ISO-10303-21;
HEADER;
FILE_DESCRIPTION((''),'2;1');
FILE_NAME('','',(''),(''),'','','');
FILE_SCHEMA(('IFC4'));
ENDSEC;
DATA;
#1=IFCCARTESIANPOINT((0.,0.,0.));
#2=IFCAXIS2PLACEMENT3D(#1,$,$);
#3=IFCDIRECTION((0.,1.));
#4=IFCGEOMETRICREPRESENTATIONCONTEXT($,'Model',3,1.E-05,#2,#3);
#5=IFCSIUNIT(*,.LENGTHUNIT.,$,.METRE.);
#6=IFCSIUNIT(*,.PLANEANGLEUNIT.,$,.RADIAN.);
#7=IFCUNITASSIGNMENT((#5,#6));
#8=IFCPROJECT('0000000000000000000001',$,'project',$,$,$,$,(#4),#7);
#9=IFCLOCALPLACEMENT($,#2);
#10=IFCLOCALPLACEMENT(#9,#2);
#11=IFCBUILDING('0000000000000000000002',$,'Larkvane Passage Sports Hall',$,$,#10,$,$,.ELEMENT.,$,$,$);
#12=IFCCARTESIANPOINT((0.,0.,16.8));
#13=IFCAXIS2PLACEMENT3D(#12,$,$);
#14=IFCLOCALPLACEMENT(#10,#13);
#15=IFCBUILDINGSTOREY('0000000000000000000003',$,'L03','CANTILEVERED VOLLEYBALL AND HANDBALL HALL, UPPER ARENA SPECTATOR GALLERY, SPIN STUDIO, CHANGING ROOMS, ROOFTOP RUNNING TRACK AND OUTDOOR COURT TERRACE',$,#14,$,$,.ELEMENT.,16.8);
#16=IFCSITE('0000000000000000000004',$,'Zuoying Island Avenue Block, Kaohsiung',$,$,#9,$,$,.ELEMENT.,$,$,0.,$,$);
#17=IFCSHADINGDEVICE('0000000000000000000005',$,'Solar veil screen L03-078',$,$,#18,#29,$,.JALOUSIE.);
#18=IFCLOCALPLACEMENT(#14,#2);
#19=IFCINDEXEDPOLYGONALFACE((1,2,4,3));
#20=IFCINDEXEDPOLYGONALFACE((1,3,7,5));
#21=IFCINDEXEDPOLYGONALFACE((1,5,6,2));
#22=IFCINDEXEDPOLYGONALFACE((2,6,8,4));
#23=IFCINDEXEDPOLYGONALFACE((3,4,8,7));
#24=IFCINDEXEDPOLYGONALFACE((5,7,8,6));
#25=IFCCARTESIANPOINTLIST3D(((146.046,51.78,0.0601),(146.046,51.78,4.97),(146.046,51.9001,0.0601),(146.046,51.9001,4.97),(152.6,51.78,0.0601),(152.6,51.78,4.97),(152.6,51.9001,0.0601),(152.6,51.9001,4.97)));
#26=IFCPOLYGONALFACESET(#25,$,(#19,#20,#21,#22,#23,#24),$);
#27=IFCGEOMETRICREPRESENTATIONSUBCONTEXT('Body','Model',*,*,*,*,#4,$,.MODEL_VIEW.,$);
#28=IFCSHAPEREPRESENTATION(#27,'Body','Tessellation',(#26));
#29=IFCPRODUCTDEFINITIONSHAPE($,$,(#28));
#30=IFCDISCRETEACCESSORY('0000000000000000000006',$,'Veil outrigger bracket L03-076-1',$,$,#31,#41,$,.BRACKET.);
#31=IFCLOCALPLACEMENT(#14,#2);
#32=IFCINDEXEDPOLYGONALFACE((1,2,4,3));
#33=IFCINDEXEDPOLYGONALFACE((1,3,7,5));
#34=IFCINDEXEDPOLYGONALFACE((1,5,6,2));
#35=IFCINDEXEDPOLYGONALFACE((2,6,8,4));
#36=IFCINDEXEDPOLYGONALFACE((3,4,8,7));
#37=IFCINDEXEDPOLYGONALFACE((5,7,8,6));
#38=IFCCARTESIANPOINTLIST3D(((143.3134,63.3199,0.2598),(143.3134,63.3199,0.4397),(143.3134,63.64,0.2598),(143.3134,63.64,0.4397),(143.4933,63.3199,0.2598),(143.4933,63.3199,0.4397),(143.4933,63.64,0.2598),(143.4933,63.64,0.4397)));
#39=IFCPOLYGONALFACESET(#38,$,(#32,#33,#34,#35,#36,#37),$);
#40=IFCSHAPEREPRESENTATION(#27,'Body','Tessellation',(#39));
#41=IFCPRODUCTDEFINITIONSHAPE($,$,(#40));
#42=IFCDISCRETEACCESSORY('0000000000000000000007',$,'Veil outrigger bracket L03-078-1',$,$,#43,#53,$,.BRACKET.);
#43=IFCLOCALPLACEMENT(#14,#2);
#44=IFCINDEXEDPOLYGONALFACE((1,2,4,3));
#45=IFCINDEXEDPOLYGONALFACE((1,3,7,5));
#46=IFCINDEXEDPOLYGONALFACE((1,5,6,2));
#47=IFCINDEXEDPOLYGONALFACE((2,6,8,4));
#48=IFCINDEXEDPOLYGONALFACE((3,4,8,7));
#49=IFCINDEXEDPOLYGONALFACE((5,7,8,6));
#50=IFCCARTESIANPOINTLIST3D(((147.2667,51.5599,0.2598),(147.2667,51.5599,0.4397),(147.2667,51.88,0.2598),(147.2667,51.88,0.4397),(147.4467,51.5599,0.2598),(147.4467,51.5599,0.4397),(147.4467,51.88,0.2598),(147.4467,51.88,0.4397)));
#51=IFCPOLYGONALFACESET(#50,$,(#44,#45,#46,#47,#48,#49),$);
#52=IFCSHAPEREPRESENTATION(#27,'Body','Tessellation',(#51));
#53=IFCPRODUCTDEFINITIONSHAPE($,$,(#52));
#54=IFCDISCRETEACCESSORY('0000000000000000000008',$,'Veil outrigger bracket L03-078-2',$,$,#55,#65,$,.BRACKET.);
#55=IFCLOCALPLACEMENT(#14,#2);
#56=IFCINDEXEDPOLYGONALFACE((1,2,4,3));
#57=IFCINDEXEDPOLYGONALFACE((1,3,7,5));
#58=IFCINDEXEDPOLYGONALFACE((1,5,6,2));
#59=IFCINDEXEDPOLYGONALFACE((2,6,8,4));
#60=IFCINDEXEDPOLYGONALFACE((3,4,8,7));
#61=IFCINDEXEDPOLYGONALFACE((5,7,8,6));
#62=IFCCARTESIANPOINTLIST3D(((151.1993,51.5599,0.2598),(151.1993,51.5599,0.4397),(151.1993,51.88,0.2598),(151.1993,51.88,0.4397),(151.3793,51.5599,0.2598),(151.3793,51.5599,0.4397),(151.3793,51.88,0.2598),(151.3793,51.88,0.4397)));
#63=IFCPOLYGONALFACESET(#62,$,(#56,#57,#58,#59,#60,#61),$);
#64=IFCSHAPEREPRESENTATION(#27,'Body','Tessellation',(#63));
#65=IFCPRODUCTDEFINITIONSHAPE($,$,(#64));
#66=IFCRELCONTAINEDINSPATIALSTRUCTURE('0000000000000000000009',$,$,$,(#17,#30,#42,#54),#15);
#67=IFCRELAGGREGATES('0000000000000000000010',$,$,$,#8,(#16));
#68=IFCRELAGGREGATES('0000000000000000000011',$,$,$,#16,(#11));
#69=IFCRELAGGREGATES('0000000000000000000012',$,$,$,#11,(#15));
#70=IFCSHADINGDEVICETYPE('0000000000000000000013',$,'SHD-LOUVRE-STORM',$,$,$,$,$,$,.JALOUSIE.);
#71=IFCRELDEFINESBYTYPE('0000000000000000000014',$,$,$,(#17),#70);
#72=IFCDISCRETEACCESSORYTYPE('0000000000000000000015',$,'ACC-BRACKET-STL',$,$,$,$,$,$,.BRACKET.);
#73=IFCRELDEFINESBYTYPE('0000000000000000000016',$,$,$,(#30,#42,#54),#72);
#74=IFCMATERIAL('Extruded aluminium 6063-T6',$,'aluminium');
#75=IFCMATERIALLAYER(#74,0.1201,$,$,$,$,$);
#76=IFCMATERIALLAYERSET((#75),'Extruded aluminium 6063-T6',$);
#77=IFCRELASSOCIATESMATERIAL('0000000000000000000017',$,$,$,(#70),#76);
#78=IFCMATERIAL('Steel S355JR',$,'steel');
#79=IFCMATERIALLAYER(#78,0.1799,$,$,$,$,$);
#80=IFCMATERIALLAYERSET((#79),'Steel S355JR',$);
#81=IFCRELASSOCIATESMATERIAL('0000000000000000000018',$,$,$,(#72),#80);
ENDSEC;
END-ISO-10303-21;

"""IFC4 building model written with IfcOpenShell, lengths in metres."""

from ifc_helpers import new_model, si_unit, direction, frame, origin, origin_2d, place, context, subcontext, project, spatial, rectangle, extrude, material, layer, layer_set, type_object, element, save


model = new_model("IFC4")

# Units and contexts
model_context = context("Model", 3, precision=1e-05, world=origin(), true_north=direction((0.0, 1.0)))
body_context = subcontext(model_context, "Body", "Model", "MODEL_VIEW")
ifc_project = project(units=[si_unit("LENGTHUNIT", "METRE"), si_unit("PLANEANGLEUNIT", "RADIAN")], contexts=[model_context])

# Site, building, storey
site_placement = place(None, origin())
site = spatial("IfcSite", under=ifc_project, at=site_placement, Name="Zuoying Island Avenue Block, Kaohsiung", CompositionType="ELEMENT", RefElevation=0.0)
building_placement = place(site_placement, origin())
building = spatial("IfcBuilding", under=site, at=building_placement, Name="Larkvane Passage Sports Hall", CompositionType="ELEMENT")
storey_placement = place(building_placement, frame((0.0, 0.0, 16.8)))
storey = spatial("IfcBuildingStorey", under=building, at=storey_placement, Name="L03", Description="CANTILEVERED VOLLEYBALL AND HANDBALL HALL, UPPER ARENA SPECTATOR GALLERY, SPIN STUDIO, CHANGING ROOMS, ROOFTOP RUNNING TRACK AND OUTDOOR COURT TERRACE", CompositionType="ELEMENT", Elevation=16.8)

# Shading device
ifc_material_1 = material(Name="Extruded aluminium 6063-T6", Category="aluminium")
ifc_layer_1 = layer(ifc_material_1, 0.1201)
ifc_layer_set_1 = layer_set([ifc_layer_1], Name="Extruded aluminium 6063-T6")
shading_device_type = type_object("IfcShadingDeviceType", Name="SHD-LOUVRE-STORM", PredefinedType="JALOUSIE", material=ifc_layer_set_1)
shading_device_placement = place(storey_placement, frame((149.323, 51.8401, 0.0601), z_axis=(0.0, 0.0, 1.0), x_axis=(1.0, 0.0, 0.0)))
element("IfcShadingDevice", 1, at=shading_device_placement, inside=storey, type_object=shading_device_type, Name="Solar veil screen L03-078", PredefinedType="JALOUSIE", context=body_context, shape_type="SweptSolid", body=[
    extrude(rectangle(XDim=6.554, YDim=0.1201, at=origin_2d()), origin(), (0.0, 0.0, 1.0), 4.9099),
])

# Discrete accessories
ifc_material_2 = material(Name="Steel S355JR", Category="steel")
ifc_layer_2 = layer(ifc_material_2, 0.1799)
ifc_layer_set_2 = layer_set([ifc_layer_2], Name="Steel S355JR")
discrete_accessory_type = type_object("IfcDiscreteAccessoryType", Name="ACC-BRACKET-STL", PredefinedType="BRACKET", material=ifc_layer_set_2)
for number, where, z_axis, x_axis, name in (
    (2, (143.4033, 63.48, 0.2598), (0.0, 0.0, 1.0), (-1.0, 0.0, 0.0), "Veil outrigger bracket L03-076-1"),
    (3, (147.3567, 51.72, 0.2598), (0.0, 0.0, 1.0), (1.0, 0.0, 0.0), "Veil outrigger bracket L03-078-1"),
    (4, (151.2893, 51.72, 0.2598), (0.0, 0.0, 1.0), (1.0, 0.0, 0.0), "Veil outrigger bracket L03-078-2"),
):
    element("IfcDiscreteAccessory", number, at=place(storey_placement, frame(where, z_axis=z_axis, x_axis=x_axis)), inside=storey, type_object=discrete_accessory_type, Name=name, PredefinedType="BRACKET", context=body_context, shape_type="SweptSolid", body=[
        extrude(rectangle(XDim=0.1799, YDim=0.3201, at=origin_2d()), origin(), (0.0, 0.0, 1.0), 0.1799),
    ])

save(model, "model.ifc")
